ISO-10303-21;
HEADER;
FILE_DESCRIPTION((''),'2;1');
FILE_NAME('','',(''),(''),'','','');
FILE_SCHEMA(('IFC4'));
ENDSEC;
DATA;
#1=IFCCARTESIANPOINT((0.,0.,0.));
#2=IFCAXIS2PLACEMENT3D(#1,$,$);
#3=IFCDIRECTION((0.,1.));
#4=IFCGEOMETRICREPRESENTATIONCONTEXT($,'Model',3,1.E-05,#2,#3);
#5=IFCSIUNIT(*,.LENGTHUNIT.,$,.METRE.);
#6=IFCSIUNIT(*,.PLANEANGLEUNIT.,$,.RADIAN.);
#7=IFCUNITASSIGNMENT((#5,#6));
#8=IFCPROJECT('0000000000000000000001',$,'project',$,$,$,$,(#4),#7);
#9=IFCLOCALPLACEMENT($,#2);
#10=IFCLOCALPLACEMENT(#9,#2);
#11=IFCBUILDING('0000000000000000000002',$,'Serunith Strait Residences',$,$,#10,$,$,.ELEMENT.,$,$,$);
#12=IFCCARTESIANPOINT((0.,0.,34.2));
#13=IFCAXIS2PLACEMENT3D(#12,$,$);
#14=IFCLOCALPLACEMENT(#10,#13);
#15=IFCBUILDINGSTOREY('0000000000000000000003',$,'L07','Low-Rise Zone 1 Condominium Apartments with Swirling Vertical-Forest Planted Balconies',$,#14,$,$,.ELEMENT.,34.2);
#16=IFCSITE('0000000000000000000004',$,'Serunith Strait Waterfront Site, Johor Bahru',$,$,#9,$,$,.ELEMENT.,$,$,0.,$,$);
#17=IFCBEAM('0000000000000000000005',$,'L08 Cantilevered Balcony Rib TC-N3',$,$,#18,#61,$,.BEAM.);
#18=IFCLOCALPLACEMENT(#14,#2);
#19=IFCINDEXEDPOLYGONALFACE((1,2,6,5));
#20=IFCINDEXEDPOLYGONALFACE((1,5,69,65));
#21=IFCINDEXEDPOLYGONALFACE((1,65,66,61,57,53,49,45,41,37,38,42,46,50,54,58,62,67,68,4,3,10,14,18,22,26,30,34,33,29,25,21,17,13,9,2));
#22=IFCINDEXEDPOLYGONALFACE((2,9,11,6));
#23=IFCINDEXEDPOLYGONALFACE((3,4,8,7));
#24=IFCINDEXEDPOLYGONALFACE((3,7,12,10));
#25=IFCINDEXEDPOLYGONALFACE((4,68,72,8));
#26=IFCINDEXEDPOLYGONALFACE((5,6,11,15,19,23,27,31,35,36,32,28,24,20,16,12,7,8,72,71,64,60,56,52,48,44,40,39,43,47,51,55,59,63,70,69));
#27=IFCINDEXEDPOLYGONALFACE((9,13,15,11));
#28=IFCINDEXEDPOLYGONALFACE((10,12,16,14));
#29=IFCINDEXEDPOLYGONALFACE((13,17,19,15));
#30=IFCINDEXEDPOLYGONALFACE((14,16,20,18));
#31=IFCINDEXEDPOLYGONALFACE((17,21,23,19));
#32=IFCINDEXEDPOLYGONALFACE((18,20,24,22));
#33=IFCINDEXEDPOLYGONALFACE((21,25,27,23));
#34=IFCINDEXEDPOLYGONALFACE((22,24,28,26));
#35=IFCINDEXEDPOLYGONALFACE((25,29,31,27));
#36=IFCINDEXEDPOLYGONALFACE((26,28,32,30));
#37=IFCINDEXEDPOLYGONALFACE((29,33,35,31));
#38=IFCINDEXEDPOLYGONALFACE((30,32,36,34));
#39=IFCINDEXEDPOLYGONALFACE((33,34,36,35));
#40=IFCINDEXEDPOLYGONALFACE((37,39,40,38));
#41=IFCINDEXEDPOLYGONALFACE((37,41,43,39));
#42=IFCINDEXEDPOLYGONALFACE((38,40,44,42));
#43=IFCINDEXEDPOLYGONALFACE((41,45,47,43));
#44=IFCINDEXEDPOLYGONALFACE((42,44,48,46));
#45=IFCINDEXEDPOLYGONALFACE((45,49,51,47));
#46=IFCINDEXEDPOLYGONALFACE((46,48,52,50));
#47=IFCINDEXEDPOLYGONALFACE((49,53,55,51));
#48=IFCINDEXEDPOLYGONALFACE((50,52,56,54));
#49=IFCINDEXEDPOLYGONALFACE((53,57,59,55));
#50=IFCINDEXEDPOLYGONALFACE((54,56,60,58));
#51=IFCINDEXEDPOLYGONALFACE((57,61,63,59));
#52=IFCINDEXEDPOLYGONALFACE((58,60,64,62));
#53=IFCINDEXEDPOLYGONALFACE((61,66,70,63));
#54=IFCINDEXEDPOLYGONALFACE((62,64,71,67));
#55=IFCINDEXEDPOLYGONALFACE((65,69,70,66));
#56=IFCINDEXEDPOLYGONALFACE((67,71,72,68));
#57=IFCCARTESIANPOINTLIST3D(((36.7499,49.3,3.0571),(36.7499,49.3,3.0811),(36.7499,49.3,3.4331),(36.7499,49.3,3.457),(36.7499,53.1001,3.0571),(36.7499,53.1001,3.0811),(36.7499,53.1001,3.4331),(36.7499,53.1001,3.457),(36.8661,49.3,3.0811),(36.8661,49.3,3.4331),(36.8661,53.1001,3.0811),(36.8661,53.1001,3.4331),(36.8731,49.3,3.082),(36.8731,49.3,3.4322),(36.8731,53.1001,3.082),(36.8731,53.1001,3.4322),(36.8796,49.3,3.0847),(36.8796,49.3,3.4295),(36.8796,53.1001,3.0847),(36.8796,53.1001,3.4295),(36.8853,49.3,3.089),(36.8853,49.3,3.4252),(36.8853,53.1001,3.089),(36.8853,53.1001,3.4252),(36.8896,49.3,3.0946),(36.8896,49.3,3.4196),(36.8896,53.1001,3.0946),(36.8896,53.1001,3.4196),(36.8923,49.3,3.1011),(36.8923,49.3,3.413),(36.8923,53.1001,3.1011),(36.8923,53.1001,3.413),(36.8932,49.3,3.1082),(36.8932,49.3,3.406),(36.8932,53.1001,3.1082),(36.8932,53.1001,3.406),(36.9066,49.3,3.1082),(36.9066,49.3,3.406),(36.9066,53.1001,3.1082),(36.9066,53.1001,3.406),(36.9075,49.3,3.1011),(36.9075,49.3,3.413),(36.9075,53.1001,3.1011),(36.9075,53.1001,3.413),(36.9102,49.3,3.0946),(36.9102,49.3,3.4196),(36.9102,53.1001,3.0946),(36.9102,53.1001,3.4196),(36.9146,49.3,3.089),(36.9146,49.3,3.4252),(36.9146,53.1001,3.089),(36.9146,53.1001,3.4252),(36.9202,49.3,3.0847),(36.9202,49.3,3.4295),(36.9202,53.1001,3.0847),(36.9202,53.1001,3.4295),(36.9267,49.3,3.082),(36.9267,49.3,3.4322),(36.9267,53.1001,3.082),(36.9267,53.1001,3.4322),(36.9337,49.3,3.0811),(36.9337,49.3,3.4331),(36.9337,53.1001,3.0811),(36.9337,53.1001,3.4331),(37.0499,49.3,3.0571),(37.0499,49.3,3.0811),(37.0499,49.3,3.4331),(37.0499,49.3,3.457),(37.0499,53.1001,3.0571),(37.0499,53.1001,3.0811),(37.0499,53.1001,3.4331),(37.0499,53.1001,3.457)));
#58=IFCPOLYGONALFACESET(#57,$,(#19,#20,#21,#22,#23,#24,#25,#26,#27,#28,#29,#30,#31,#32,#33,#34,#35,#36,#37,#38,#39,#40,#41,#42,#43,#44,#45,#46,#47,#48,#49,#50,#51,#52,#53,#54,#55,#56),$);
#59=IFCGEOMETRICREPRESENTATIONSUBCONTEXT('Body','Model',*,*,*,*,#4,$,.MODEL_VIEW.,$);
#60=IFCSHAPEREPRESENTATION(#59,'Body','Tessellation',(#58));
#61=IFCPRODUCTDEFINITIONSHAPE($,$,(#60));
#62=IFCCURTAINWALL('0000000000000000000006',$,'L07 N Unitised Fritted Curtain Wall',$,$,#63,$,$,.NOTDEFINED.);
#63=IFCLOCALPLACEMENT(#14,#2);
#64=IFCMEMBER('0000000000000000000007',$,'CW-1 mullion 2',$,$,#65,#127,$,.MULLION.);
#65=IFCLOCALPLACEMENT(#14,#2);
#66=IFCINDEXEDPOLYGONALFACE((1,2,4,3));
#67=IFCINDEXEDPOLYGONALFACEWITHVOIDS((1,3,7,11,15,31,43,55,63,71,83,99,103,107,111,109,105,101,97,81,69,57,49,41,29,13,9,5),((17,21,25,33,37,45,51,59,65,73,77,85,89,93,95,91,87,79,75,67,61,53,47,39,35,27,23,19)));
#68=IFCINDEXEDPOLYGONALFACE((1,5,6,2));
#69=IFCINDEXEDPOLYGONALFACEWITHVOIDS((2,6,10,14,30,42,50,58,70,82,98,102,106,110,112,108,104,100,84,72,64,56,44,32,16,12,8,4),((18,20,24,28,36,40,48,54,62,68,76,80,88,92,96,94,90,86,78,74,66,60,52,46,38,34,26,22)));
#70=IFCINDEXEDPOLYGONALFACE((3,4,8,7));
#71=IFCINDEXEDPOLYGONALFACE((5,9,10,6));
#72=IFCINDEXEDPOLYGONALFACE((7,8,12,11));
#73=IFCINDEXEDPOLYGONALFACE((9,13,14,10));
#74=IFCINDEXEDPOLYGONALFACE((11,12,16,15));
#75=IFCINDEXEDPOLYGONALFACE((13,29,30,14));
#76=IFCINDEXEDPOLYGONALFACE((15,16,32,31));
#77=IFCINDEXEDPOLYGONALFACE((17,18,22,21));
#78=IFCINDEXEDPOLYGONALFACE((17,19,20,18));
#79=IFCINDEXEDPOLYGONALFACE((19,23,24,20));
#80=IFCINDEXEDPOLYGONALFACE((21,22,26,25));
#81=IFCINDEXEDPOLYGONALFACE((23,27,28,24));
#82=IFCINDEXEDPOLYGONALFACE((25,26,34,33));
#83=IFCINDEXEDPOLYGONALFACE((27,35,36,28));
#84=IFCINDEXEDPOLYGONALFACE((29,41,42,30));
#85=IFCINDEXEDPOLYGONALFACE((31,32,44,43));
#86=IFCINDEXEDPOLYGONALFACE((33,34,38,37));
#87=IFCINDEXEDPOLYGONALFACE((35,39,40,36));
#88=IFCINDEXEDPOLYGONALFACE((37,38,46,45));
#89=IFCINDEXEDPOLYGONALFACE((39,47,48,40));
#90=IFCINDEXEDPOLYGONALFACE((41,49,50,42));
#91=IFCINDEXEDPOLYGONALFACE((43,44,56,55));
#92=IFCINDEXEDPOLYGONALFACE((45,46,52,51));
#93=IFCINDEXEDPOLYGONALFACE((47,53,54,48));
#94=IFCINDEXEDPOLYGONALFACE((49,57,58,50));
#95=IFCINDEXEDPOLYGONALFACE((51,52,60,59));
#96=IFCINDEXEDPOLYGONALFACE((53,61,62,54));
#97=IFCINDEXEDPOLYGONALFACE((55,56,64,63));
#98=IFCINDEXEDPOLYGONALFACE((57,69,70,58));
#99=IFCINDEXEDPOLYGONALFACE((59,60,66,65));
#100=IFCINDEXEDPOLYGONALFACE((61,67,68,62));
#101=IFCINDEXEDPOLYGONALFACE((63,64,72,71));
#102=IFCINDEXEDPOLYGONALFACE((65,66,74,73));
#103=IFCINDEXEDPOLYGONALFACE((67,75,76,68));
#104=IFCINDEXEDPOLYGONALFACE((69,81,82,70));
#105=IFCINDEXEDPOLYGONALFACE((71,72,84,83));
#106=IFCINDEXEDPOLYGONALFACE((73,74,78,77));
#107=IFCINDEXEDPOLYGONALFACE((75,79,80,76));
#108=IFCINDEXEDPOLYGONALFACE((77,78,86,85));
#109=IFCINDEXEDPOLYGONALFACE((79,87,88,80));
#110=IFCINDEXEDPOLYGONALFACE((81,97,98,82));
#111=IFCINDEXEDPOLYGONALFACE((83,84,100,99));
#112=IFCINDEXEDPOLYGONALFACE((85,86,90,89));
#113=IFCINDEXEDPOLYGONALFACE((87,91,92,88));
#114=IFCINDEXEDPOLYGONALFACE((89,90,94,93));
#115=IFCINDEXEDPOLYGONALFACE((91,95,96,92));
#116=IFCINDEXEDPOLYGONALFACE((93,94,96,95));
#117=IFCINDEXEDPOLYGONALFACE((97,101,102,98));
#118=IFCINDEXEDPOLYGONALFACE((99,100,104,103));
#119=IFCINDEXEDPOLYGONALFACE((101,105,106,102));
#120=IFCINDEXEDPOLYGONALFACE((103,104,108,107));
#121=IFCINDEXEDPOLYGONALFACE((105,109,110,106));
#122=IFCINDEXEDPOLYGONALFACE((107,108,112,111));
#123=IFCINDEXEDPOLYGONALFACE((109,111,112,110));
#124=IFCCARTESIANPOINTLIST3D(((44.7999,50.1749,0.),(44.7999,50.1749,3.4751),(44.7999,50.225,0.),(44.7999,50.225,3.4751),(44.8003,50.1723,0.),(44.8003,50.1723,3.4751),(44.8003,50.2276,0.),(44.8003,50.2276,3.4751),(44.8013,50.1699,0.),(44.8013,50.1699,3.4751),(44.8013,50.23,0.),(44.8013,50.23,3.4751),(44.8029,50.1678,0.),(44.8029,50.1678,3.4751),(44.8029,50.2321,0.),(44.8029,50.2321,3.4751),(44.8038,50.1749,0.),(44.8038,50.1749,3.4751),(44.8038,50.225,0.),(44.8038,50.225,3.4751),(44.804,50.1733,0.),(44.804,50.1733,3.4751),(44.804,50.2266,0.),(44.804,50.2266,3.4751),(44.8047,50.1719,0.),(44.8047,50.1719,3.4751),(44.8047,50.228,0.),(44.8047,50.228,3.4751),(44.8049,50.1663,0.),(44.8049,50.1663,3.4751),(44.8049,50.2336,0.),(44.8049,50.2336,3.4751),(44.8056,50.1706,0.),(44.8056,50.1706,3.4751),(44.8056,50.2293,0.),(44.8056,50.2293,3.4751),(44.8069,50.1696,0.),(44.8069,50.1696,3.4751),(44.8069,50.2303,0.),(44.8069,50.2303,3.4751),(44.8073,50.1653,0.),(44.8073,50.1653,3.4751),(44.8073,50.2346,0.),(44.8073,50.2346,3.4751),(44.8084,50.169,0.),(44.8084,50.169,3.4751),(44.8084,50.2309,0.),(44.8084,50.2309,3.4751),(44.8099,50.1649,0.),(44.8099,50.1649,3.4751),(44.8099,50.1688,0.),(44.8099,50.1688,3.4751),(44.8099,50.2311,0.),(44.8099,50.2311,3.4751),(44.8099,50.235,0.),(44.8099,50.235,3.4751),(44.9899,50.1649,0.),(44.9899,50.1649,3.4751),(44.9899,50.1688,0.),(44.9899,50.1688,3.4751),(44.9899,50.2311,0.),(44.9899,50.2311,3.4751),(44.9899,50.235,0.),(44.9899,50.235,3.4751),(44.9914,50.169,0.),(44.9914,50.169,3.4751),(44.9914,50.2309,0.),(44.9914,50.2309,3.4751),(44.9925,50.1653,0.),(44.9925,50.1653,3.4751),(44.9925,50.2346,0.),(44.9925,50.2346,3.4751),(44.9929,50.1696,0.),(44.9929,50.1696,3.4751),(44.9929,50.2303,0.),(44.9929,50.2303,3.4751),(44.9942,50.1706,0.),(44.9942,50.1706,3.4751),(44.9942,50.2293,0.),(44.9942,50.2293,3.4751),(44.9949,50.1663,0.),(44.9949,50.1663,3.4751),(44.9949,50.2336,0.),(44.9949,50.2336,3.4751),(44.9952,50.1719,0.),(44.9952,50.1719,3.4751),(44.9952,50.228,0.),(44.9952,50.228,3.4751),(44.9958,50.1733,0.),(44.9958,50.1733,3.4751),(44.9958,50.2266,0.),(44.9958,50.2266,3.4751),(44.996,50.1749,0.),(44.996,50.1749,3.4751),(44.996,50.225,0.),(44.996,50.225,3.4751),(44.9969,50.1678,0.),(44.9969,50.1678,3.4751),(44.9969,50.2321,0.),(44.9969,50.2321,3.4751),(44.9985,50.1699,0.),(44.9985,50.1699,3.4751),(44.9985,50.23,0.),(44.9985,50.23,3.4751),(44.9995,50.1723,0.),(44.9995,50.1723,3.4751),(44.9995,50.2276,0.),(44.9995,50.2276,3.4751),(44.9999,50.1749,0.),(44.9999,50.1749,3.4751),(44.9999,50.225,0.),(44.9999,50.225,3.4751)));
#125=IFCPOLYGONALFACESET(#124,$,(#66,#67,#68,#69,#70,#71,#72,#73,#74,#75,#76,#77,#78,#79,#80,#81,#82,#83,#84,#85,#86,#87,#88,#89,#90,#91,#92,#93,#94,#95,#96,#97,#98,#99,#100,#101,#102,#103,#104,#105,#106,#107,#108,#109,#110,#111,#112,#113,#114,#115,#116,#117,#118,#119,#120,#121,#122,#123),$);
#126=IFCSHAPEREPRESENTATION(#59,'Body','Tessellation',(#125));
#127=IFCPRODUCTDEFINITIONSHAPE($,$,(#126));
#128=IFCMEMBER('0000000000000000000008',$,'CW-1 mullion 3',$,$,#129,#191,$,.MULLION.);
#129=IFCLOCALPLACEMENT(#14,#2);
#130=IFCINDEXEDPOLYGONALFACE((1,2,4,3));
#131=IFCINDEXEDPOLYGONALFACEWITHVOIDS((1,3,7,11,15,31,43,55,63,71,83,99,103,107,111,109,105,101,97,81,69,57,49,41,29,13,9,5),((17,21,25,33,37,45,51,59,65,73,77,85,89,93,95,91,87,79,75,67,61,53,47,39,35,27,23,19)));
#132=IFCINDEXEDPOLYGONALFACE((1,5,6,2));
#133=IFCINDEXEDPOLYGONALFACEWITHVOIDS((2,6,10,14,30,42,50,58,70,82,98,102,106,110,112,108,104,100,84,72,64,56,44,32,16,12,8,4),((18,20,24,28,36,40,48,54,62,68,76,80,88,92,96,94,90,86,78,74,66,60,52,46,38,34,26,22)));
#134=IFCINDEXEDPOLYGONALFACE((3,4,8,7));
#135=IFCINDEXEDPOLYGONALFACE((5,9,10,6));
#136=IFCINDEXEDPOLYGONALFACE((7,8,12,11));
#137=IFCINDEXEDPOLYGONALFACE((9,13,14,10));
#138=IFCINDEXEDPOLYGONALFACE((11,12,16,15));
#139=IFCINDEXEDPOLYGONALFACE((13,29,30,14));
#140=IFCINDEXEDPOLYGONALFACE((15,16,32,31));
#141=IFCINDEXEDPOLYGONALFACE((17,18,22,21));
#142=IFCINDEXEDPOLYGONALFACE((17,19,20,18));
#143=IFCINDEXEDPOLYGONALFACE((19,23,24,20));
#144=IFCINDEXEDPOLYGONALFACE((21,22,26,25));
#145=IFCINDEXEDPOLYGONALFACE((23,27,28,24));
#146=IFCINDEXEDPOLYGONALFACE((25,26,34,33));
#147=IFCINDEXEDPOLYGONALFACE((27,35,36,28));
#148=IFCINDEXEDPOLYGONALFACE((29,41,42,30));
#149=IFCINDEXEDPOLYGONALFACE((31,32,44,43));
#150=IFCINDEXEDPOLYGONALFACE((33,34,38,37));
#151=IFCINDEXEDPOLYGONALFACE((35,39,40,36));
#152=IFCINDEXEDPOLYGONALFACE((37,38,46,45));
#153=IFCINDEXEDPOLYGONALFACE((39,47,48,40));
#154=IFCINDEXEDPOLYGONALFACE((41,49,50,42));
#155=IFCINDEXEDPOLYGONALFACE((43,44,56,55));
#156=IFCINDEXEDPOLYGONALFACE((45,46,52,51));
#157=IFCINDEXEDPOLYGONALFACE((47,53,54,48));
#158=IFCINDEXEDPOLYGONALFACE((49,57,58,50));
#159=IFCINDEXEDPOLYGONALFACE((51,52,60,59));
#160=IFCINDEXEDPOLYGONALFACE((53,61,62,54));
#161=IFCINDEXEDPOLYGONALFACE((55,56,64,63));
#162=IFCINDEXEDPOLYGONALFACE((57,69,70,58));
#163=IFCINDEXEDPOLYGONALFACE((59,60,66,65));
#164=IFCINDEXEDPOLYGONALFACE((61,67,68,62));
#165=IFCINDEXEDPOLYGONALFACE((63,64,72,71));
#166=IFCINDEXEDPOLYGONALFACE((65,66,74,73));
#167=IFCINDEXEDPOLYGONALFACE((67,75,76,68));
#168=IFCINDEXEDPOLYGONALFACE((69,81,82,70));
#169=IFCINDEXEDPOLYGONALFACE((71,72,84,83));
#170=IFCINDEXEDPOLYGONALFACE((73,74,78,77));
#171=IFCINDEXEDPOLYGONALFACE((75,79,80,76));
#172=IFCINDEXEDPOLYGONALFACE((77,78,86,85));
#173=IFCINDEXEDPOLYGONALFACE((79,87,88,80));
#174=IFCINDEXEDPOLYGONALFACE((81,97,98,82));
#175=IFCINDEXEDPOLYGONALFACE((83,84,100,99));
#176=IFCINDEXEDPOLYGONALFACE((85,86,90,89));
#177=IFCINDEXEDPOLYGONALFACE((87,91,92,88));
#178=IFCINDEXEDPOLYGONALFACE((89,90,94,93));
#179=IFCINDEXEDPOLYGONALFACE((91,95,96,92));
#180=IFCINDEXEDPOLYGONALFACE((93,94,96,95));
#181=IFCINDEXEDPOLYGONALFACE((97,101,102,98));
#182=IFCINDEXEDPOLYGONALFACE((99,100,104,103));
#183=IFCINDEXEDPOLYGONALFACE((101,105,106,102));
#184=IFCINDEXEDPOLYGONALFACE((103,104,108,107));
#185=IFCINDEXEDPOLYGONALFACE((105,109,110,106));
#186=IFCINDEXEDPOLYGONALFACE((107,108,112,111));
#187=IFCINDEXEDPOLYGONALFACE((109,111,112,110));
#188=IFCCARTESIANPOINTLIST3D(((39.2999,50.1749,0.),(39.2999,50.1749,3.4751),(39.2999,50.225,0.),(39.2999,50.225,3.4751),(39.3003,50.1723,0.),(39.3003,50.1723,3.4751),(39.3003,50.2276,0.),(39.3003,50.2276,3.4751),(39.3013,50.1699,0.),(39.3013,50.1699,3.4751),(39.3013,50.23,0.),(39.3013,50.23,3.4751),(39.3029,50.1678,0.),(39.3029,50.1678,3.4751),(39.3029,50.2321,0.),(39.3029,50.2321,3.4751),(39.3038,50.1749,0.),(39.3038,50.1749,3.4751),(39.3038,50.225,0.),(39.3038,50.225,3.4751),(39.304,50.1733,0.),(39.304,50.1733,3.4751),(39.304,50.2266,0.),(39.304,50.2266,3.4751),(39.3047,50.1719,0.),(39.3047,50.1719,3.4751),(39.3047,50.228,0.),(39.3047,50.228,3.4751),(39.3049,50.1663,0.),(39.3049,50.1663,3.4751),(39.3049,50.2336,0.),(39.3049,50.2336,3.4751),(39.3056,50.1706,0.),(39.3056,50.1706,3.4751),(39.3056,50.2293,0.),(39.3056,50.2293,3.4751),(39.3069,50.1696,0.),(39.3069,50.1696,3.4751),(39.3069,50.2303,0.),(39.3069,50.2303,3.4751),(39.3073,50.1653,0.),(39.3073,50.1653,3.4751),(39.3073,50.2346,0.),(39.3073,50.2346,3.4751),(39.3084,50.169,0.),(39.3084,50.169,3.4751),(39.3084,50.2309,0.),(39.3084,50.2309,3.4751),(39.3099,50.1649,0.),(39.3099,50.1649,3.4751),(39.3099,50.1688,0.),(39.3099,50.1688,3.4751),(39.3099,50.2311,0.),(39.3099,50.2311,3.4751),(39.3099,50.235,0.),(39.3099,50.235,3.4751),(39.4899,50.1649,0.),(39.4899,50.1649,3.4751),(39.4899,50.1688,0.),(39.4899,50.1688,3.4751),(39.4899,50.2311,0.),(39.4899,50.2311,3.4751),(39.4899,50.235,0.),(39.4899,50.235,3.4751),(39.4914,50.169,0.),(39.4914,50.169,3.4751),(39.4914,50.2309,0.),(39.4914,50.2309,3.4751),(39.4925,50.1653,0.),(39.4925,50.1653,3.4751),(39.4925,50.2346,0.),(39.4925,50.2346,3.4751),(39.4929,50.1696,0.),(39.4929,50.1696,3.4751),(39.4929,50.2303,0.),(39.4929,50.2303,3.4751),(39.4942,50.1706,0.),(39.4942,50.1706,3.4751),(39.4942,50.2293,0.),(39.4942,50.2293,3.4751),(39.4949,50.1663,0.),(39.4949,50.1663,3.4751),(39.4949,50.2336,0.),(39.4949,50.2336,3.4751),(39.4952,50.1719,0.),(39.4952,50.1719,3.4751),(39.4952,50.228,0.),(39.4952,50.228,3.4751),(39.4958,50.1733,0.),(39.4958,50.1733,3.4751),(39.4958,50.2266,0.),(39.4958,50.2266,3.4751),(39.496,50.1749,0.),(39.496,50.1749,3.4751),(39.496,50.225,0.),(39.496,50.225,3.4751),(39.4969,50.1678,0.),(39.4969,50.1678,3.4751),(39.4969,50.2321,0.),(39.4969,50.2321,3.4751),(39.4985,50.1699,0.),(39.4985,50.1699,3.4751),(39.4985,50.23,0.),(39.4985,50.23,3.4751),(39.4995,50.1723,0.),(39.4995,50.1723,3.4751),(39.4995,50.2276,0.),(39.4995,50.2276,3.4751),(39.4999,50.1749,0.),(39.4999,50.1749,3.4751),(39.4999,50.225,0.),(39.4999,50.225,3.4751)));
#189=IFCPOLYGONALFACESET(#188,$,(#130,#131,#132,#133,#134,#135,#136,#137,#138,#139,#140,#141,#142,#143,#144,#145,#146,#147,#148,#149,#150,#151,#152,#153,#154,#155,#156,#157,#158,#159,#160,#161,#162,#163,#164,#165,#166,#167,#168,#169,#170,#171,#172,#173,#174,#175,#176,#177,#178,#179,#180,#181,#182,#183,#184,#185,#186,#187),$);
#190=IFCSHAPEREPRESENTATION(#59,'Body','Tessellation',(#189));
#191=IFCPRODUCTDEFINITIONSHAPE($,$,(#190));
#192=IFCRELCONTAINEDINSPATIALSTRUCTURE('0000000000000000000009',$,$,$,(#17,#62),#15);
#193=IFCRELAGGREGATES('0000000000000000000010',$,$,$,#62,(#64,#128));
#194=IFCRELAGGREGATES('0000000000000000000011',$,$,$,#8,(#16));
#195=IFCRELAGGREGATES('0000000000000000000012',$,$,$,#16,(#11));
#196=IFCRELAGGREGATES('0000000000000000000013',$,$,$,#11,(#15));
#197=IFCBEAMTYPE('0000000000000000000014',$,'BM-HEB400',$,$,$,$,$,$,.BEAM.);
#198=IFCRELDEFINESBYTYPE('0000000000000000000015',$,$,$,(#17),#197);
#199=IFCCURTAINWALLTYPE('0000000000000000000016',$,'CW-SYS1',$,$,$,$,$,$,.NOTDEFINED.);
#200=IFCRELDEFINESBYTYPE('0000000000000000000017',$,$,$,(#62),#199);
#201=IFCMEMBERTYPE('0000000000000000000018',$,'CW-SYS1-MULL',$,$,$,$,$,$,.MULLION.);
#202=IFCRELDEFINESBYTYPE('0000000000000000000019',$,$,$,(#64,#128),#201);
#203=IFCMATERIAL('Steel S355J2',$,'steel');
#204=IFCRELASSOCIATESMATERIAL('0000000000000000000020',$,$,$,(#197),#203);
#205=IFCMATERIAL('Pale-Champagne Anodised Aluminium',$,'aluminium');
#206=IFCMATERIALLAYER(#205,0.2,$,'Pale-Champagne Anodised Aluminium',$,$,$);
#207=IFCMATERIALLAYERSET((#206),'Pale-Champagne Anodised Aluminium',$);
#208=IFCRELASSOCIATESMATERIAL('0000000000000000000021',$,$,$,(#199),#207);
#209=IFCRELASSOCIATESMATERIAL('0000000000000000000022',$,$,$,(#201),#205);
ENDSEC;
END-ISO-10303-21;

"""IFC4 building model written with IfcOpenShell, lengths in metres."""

from ifc_helpers import new_model, si_unit, direction, frame, origin, origin_2d, place, context, subcontext, project, spatial, hollow_rectangle, i_section, extrude, source, transform, mapped, material, layer, layer_set, material_profile, profile_set, type_object, element, aggregate, save


model = new_model("IFC4")

# Units and contexts
model_context = context("Model", 3, precision=1e-05, world=origin(), true_north=direction((0.0, 1.0)))
body_context = subcontext(model_context, "Body", "Model", "MODEL_VIEW")
ifc_project = project(units=[si_unit("LENGTHUNIT", "METRE"), si_unit("PLANEANGLEUNIT", "RADIAN")], contexts=[model_context])

# Site, building, storey
site_placement = place(None, origin())
site = spatial("IfcSite", under=ifc_project, at=site_placement, Name="Serunith Strait Waterfront Site, Johor Bahru", CompositionType="ELEMENT", RefElevation=0.0)
building_placement = place(site_placement, origin())
building = spatial("IfcBuilding", under=site, at=building_placement, Name="Serunith Strait Residences", CompositionType="ELEMENT")
storey_placement = place(building_placement, frame((0.0, 0.0, 34.2)))
storey = spatial("IfcBuildingStorey", under=building, at=storey_placement, Name="L07", Description="Low-Rise Zone 1 Condominium Apartments with Swirling Vertical-Forest Planted Balconies", CompositionType="ELEMENT", Elevation=34.2)

# Beam
ifc_material_1 = material(Name="Steel S355J2", Category="steel")
ifc_material_profile_1 = material_profile(ifc_material_1, i_section(OverallWidth=0.3, OverallDepth=0.3999, WebThickness=0.0134, FlangeThickness=0.0239, FilletRadius=0.0271, at=origin_2d()), Name="HEB 400")
ifc_profile_set_1 = profile_set([ifc_material_profile_1], Name="Steel S355J2")
beam_type_1 = type_object("IfcBeamType", Name="BM-HEB400", PredefinedType="BEAM", material=ifc_profile_set_1)
shared_shape_1 = source(origin(), body_context, "Body", "SweptSolid", [
    extrude(i_section(OverallWidth=0.3, OverallDepth=0.3999, WebThickness=0.0134, FlangeThickness=0.0239, FilletRadius=0.0271, at=origin_2d()), origin(), (0.0, 0.0, 1.0), 3.8),
])
beam_1_placement = place(storey_placement, frame((36.8999, 49.3, 3.2571), z_axis=(0.0, 1.0, 0.0), x_axis=(-1.0, 0.0, 0.0)))
element("IfcBeam", 1, at=beam_1_placement, inside=storey, type_object=beam_type_1, Name="L08 Cantilevered Balcony Rib TC-N3", PredefinedType="BEAM", context=body_context, shape_type="MappedRepresentation", body=[
    mapped(shared_shape_1, transform((0.0, 0.0, 0.0), scale=1.0)),
])

# Curtain wall, members
ifc_material_2 = material(Name="Pale-Champagne Anodised Aluminium", Category="aluminium")
ifc_layer_1 = layer(ifc_material_2, 0.2, Name="Pale-Champagne Anodised Aluminium")
ifc_layer_set_1 = layer_set([ifc_layer_1], Name="Pale-Champagne Anodised Aluminium")
curtain_wall_type = type_object("IfcCurtainWallType", Name="CW-SYS1", PredefinedType="NOTDEFINED", material=ifc_layer_set_1)
curtain_wall_placement = place(storey_placement, origin())
curtain_wall = element("IfcCurtainWall", 2, at=curtain_wall_placement, inside=storey, type_object=curtain_wall_type, Name="L07 N Unitised Fritted Curtain Wall", PredefinedType="NOTDEFINED")
ifc_material_profile_2 = material_profile(ifc_material_2, hollow_rectangle(XDim=0.0701, YDim=0.2, WallThickness=0.0039, InnerFilletRadius=0.0061, OuterFilletRadius=0.01, at=origin_2d()), Name="ALU 200x70x4")
ifc_profile_set_2 = profile_set([ifc_material_profile_2], Name="Pale-Champagne Anodised Aluminium")
member_type_1 = type_object("IfcMemberType", Name="CW-SYS1-MULL", PredefinedType="MULLION", material=ifc_profile_set_2)
shared_shape_2 = source(origin(), body_context, "Body", "SweptSolid", [
    extrude(hollow_rectangle(XDim=0.0701, YDim=0.2, WallThickness=0.0039, InnerFilletRadius=0.0061, OuterFilletRadius=0.01, at=origin_2d()), origin(), (0.0, 0.0, 1.0), 3.4751),
])
member_1_placement = place(storey_placement, frame((44.8999, 50.2, 0.0), z_axis=(0.0, 0.0, 1.0), x_axis=(0.0, -1.0, 0.0)))
member_1 = element("IfcMember", 3, at=member_1_placement, type_object=member_type_1, Name="CW-1 mullion 2", PredefinedType="MULLION", context=body_context, shape_type="MappedRepresentation", body=[
    mapped(shared_shape_2, transform((0.0, 0.0, 0.0), scale=1.0)),
])
member_2_placement = place(storey_placement, frame((39.3999, 50.2, 0.0), z_axis=(0.0, 0.0, 1.0), x_axis=(0.0, -1.0, 0.0)))
member_2 = element("IfcMember", 4, at=member_2_placement, type_object=member_type_1, Name="CW-1 mullion 3", PredefinedType="MULLION", context=body_context, shape_type="MappedRepresentation", body=[
    mapped(shared_shape_2, transform((0.0, 0.0, 0.0), scale=1.0)),
])
aggregate(curtain_wall, [member_1, member_2])

save(model, "model.ifc")
